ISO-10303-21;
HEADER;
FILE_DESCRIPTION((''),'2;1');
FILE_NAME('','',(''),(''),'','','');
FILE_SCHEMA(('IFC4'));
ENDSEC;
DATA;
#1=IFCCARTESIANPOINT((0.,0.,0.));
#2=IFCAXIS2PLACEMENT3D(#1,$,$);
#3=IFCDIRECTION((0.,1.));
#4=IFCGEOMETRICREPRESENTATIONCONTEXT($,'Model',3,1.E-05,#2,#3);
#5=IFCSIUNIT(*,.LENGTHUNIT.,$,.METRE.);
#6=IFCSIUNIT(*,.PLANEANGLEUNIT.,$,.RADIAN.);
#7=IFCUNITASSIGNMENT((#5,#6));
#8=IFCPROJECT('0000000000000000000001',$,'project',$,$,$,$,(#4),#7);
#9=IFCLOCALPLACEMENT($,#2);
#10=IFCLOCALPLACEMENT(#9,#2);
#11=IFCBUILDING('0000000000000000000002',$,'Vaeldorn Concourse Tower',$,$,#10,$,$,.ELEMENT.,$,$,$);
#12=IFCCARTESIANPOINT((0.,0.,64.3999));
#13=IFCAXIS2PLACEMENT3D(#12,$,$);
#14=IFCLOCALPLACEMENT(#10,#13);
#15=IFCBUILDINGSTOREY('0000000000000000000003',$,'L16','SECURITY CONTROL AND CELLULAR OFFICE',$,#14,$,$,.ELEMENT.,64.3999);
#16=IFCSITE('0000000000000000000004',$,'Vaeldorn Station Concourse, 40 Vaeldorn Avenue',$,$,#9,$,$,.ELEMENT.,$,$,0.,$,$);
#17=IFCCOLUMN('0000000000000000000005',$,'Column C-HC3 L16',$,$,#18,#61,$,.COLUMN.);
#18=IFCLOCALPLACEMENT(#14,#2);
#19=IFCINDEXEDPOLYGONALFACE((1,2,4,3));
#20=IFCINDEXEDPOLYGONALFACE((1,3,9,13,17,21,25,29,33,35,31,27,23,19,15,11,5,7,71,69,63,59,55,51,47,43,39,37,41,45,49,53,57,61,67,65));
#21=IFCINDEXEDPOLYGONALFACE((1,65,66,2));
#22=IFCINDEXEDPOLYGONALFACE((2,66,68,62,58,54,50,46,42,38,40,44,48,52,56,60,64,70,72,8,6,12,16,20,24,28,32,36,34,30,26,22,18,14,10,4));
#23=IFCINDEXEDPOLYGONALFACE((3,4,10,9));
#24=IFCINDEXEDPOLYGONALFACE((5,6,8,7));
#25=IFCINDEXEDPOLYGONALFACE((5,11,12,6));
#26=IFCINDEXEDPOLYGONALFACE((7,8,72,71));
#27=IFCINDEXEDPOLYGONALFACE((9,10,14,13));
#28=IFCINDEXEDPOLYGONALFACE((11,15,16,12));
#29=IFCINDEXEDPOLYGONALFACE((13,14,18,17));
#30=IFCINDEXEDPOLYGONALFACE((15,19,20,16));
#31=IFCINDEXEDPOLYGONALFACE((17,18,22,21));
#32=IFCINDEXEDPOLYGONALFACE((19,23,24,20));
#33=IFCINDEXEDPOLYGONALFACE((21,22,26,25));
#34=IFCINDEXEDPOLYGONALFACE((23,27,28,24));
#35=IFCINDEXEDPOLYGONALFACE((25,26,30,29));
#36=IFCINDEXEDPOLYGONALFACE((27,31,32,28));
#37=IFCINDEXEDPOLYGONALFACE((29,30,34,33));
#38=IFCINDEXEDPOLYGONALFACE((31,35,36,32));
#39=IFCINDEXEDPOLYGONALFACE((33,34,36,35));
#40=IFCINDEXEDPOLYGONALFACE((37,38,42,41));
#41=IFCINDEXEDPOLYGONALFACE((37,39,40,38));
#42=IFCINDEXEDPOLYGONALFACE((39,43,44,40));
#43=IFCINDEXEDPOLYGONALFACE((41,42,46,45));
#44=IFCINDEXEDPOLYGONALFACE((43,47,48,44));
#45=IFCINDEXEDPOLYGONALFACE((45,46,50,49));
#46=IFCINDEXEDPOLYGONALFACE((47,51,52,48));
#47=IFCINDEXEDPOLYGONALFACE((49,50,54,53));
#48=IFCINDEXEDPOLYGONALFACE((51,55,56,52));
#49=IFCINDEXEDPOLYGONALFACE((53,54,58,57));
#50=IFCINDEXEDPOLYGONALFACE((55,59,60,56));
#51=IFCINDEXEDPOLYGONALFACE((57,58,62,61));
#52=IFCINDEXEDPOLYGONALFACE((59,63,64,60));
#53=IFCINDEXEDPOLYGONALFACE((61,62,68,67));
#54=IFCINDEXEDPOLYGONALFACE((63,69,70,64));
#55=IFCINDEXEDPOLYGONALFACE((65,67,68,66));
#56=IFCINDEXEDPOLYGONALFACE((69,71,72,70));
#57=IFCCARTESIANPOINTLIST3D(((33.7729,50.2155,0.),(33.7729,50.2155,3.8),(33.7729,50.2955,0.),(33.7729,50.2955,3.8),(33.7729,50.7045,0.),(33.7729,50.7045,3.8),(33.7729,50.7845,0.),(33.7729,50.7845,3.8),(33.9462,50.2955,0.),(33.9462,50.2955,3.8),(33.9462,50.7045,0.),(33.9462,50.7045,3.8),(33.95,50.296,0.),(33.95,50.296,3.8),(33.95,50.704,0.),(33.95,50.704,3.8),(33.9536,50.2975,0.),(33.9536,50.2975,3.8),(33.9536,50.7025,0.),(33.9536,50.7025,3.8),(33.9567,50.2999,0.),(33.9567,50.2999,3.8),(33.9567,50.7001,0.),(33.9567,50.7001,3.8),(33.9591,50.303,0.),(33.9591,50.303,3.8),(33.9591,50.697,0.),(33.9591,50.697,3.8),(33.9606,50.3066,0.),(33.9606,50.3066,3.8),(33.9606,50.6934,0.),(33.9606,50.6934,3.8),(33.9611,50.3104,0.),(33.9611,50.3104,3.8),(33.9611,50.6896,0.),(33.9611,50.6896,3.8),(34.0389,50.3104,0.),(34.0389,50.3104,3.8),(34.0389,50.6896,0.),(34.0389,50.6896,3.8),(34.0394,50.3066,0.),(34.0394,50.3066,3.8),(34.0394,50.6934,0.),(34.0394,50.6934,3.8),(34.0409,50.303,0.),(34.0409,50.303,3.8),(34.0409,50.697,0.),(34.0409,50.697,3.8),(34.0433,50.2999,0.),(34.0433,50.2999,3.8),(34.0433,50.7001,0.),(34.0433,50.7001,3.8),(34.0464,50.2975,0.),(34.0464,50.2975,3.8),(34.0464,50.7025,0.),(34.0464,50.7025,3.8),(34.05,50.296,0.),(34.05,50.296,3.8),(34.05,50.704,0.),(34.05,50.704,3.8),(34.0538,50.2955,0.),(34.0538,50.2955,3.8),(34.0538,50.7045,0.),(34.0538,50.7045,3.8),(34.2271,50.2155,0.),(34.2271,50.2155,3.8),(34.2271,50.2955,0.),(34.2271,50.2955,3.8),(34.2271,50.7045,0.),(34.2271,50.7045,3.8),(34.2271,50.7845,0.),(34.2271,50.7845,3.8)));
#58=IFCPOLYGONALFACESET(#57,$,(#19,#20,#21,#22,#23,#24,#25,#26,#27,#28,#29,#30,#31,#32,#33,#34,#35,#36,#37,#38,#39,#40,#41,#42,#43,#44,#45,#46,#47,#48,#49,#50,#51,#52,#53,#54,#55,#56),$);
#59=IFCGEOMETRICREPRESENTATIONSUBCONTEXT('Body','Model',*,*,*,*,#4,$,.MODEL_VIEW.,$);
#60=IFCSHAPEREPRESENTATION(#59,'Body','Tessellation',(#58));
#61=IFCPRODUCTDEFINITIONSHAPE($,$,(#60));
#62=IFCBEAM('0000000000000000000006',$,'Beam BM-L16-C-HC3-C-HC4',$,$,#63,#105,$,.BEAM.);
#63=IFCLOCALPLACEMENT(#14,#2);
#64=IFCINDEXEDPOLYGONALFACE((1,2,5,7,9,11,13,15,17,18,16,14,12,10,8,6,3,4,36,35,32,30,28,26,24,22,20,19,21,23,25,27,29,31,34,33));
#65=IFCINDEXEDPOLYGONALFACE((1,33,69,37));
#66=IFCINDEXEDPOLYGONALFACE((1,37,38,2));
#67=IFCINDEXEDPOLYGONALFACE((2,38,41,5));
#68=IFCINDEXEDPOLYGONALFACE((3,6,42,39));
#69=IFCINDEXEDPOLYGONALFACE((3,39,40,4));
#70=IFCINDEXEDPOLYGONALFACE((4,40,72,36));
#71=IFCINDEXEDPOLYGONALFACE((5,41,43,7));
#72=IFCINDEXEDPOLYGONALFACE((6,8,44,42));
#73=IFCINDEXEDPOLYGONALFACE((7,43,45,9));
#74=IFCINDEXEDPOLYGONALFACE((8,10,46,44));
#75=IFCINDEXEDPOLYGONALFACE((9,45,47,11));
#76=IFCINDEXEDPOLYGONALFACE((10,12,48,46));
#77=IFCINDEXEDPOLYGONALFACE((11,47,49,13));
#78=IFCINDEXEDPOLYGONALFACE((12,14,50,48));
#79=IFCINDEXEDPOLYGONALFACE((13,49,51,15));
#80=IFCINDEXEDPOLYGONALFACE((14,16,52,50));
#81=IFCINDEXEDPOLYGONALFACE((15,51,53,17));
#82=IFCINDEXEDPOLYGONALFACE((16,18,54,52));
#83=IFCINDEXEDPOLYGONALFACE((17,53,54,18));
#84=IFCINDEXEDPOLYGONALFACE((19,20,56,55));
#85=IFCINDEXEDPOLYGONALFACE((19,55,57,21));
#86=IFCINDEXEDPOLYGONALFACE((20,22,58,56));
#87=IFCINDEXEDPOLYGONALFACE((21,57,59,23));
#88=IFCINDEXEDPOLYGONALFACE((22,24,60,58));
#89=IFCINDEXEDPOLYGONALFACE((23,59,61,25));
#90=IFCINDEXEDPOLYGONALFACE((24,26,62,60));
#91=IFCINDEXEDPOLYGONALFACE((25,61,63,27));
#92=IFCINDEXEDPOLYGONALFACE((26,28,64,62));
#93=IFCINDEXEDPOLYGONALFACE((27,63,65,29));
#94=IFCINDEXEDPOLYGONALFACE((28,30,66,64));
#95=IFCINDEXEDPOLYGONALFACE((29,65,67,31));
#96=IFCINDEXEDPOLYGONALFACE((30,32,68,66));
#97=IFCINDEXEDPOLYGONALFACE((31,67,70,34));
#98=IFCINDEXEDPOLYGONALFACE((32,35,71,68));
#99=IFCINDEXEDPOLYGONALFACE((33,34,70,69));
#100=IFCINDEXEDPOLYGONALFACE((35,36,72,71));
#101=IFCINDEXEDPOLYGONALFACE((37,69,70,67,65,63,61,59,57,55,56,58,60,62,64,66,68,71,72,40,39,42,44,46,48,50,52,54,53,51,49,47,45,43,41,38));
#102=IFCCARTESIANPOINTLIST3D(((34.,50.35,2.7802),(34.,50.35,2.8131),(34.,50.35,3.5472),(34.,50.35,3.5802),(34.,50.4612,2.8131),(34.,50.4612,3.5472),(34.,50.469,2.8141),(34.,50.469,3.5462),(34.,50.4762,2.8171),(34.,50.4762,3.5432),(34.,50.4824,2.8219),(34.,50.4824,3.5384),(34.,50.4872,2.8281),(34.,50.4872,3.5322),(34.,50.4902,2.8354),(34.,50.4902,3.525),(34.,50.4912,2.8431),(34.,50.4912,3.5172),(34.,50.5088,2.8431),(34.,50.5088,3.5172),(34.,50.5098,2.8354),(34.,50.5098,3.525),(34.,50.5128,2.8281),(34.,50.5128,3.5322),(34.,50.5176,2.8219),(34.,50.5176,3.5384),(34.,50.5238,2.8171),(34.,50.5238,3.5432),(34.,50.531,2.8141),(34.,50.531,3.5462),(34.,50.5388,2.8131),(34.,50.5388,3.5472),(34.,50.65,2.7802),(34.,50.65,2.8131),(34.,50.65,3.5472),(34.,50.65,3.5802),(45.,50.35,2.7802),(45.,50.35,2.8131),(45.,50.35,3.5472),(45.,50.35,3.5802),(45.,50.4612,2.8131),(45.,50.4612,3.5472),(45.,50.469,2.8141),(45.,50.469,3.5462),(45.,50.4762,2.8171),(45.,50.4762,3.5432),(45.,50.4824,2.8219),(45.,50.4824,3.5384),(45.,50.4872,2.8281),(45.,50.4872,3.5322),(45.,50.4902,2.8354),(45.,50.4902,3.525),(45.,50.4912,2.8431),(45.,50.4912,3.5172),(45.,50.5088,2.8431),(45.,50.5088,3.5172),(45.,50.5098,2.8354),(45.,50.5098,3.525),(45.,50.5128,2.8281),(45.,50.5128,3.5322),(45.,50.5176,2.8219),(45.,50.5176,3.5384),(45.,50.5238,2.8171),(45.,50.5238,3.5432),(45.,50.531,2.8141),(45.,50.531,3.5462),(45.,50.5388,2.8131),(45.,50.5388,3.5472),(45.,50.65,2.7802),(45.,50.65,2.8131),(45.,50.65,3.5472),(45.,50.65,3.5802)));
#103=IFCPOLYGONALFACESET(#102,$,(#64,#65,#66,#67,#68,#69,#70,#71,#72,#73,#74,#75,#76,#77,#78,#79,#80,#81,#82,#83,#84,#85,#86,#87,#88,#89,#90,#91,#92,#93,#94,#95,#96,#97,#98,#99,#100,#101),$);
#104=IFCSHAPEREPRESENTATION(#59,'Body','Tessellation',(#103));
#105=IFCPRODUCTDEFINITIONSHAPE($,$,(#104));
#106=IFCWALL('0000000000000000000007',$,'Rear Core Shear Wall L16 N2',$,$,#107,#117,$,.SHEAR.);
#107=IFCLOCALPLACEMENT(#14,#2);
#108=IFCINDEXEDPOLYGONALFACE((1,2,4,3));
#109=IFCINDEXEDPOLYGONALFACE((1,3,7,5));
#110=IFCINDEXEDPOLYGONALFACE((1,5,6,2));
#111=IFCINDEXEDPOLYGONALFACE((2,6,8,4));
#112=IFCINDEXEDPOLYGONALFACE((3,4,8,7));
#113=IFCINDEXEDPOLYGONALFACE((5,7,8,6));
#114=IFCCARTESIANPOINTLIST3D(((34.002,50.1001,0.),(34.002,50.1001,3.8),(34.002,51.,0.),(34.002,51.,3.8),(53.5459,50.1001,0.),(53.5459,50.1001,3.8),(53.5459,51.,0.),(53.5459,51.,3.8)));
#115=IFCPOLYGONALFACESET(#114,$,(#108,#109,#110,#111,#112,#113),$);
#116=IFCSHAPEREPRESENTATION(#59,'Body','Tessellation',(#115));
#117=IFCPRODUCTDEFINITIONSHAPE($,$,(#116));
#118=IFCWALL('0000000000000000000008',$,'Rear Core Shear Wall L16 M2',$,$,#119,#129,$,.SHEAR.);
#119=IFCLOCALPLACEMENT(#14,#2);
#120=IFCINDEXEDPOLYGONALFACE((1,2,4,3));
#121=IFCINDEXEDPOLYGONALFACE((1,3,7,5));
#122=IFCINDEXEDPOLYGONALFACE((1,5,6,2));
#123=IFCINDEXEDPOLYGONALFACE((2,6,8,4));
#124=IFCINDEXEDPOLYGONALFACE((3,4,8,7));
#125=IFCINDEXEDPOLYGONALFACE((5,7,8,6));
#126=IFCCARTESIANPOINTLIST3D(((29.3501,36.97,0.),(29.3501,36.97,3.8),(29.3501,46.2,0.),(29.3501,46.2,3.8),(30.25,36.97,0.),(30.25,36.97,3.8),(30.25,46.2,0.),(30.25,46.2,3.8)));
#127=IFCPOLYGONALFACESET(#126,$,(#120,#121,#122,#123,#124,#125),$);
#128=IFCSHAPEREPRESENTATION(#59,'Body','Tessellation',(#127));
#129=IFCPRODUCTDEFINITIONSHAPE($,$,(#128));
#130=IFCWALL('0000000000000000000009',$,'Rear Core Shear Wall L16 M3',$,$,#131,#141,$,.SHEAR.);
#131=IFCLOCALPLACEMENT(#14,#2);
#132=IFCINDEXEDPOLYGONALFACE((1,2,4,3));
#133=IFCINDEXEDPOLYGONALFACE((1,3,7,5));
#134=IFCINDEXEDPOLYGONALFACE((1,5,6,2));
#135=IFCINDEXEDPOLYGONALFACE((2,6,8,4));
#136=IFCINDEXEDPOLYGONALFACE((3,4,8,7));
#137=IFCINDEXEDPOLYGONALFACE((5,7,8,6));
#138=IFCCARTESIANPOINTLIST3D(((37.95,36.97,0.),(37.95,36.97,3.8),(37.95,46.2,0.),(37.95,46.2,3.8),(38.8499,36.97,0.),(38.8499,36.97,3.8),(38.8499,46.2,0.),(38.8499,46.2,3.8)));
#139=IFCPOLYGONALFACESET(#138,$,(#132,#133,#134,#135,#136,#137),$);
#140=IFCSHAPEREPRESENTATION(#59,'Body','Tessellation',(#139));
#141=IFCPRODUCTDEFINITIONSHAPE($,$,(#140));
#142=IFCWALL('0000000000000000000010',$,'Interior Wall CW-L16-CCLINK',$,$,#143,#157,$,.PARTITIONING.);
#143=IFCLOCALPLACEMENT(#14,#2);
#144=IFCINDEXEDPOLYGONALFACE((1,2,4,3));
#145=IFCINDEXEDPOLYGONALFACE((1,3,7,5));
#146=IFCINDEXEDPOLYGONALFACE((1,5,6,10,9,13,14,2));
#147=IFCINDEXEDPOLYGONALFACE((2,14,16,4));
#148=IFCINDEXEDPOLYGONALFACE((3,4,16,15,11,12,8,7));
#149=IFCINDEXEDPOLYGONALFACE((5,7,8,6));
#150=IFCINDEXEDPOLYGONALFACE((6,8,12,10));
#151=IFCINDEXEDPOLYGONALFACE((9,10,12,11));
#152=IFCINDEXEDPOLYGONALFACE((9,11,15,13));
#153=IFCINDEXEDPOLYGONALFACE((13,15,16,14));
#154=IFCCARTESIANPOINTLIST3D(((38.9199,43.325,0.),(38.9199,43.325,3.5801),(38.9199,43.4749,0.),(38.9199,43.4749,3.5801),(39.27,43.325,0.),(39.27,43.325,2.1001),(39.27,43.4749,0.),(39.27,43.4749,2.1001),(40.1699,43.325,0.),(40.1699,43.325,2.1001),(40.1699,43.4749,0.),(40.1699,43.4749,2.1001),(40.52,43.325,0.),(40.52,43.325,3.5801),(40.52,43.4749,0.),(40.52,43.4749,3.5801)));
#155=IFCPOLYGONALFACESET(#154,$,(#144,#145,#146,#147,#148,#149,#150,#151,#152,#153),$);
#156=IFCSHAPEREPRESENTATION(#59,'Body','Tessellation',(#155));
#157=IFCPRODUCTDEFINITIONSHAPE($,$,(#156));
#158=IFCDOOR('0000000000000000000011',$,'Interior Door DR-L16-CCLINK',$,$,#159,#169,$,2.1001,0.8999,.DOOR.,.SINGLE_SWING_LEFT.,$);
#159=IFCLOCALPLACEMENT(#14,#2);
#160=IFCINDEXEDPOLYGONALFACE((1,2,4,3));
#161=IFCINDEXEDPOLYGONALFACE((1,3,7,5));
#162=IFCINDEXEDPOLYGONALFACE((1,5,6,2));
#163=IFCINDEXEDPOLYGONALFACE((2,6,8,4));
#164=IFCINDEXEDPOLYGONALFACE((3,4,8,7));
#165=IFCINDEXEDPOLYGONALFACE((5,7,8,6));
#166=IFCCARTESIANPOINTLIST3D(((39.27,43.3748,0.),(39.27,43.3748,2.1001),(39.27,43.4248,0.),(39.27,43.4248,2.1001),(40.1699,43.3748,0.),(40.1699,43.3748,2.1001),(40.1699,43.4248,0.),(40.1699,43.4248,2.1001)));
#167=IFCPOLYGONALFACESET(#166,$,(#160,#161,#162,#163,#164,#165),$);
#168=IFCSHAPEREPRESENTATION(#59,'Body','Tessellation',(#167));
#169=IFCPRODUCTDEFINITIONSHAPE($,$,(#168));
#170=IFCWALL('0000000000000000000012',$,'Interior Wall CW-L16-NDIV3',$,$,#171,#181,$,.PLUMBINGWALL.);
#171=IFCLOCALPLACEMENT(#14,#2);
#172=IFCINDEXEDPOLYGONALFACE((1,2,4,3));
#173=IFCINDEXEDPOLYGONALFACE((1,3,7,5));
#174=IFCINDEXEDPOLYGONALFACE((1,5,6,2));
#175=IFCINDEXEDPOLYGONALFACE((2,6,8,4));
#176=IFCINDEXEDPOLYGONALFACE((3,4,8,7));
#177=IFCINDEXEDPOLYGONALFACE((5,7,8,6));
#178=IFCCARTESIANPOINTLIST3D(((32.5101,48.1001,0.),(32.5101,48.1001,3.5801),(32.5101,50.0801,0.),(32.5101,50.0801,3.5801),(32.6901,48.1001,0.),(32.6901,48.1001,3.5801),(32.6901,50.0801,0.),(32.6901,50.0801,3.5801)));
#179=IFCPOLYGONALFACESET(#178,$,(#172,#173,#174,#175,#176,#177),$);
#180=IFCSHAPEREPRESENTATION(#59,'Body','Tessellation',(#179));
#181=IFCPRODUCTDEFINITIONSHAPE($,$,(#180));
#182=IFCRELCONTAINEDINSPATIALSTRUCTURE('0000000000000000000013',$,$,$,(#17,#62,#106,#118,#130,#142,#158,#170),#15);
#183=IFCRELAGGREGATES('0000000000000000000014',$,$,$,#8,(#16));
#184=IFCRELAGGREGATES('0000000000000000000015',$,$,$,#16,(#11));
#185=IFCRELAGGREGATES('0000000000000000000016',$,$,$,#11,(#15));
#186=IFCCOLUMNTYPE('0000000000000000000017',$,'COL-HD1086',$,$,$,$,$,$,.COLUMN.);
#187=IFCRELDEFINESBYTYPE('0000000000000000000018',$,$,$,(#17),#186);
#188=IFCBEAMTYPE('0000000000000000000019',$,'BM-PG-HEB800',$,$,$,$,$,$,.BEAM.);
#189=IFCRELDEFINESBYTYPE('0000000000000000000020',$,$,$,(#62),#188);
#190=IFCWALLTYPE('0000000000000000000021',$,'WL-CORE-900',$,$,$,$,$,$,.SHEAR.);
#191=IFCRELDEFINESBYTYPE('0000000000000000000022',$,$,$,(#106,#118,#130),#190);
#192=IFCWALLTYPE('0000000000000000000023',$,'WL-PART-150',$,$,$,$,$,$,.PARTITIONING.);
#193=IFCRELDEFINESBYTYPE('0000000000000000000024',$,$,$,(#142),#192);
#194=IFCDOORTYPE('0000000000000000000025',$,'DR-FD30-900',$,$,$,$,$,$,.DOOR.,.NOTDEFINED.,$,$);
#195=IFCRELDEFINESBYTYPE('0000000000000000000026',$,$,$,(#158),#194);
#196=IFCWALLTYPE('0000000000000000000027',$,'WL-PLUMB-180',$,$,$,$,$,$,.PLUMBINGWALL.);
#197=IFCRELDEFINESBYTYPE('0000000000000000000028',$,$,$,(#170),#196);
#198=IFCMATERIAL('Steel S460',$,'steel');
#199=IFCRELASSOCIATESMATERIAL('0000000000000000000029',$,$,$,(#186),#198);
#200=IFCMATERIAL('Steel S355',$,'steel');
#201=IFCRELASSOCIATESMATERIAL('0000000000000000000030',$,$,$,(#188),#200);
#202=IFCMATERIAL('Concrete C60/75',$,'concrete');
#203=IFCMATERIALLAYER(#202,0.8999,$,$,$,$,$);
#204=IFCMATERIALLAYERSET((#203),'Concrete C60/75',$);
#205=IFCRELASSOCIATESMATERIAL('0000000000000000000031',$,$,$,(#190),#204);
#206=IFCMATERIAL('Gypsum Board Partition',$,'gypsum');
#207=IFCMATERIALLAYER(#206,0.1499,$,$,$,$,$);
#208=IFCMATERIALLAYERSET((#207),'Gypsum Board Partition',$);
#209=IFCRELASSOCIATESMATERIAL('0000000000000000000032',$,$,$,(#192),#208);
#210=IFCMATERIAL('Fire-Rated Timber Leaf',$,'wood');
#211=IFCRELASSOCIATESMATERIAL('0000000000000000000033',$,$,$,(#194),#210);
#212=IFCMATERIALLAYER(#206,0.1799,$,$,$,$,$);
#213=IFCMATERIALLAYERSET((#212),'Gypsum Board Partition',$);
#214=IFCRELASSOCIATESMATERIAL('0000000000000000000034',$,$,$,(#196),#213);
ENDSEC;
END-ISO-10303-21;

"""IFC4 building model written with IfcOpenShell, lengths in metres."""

from ifc_helpers import new_model, si_unit, direction, frame, frame_2d, origin, origin_2d, place, context, subcontext, project, spatial, rectangle, i_section, extrude, source, transform, mapped, material, layer, layer_set, material_profile, profile_set, type_object, element, fill, save


model = new_model("IFC4")

# Units and contexts
model_context = context("Model", 3, precision=1e-05, world=origin(), true_north=direction((0.0, 1.0)))
body_context = subcontext(model_context, "Body", "Model", "MODEL_VIEW")
ifc_project = project(units=[si_unit("LENGTHUNIT", "METRE"), si_unit("PLANEANGLEUNIT", "RADIAN")], contexts=[model_context])

# Site, building, storey
site_placement = place(None, origin())
site = spatial("IfcSite", under=ifc_project, at=site_placement, Name="Vaeldorn Station Concourse, 40 Vaeldorn Avenue", CompositionType="ELEMENT", RefElevation=0.0)
building_placement = place(site_placement, origin())
building = spatial("IfcBuilding", under=site, at=building_placement, Name="Vaeldorn Concourse Tower", CompositionType="ELEMENT")
storey_placement = place(building_placement, frame((0.0, 0.0, 64.3999)))
storey = spatial("IfcBuildingStorey", under=building, at=storey_placement, Name="L16", Description="SECURITY CONTROL AND CELLULAR OFFICE", CompositionType="ELEMENT", Elevation=64.3999)

# Column
ifc_material_1 = material(Name="Steel S460", Category="steel")
ifc_material_profile_1 = material_profile(ifc_material_1, i_section(OverallWidth=0.4541, OverallDepth=0.5691, WebThickness=0.0779, FlangeThickness=0.0801, FilletRadius=0.0149, at=origin_2d()), Name="HD 400x1086")
ifc_profile_set_1 = profile_set([ifc_material_profile_1], Name="Steel S460")
column_type = type_object("IfcColumnType", Name="COL-HD1086", PredefinedType="COLUMN", material=ifc_profile_set_1)
shared_shape_1 = source(origin(), body_context, "Body", "SweptSolid", [
    extrude(i_section(OverallWidth=0.4541, OverallDepth=0.5691, WebThickness=0.0779, FlangeThickness=0.0801, FilletRadius=0.0149, at=origin_2d()), origin(), (0.0, 0.0, 1.0), 3.8),
])
column_placement = place(storey_placement, frame((34.0, 50.5, 0.0), z_axis=(0.0, 0.0, 1.0), x_axis=(1.0, 0.0, 0.0)))
element("IfcColumn", 1, at=column_placement, inside=storey, type_object=column_type, Name="Column C-HC3 L16", PredefinedType="COLUMN", context=body_context, shape_type="MappedRepresentation", body=[
    mapped(shared_shape_1, transform((0.0, 0.0, 0.0), scale=1.0)),
])

# Beam
ifc_material_2 = material(Name="Steel S355", Category="steel")
ifc_material_profile_2 = material_profile(ifc_material_2, i_section(OverallWidth=0.3, OverallDepth=0.8, WebThickness=0.0176, FlangeThickness=0.033, FilletRadius=0.03, at=origin_2d()), Name="HEB 800")
ifc_profile_set_2 = profile_set([ifc_material_profile_2], Name="Steel S355")
beam_type = type_object("IfcBeamType", Name="BM-PG-HEB800", PredefinedType="BEAM", material=ifc_profile_set_2)
shared_shape_2 = source(origin(), body_context, "Body", "SweptSolid", [
    extrude(i_section(OverallWidth=0.3, OverallDepth=0.8, WebThickness=0.0176, FlangeThickness=0.033, FilletRadius=0.03, at=origin_2d()), origin(), (0.0, 0.0, 1.0), 11.0),
])
beam_placement = place(storey_placement, frame((34.0, 50.5, 3.1802), z_axis=(1.0, 0.0, 0.0), x_axis=(0.0, 1.0, 0.0)))
element("IfcBeam", 2, at=beam_placement, inside=storey, type_object=beam_type, Name="Beam BM-L16-C-HC3-C-HC4", PredefinedType="BEAM", context=body_context, shape_type="MappedRepresentation", body=[
    mapped(shared_shape_2, transform((0.0, 0.0, 0.0), scale=1.0)),
])

# Walls
ifc_material_3 = material(Name="Concrete C60/75", Category="concrete")
ifc_layer_1 = layer(ifc_material_3, 0.8999)
ifc_layer_set_1 = layer_set([ifc_layer_1], Name="Concrete C60/75")
wall_type_1 = type_object("IfcWallType", Name="WL-CORE-900", PredefinedType="SHEAR", material=ifc_layer_set_1)
wall_1_placement = place(storey_placement, frame((34.002, 50.55, 0.0), z_axis=(0.0, 0.0, 1.0), x_axis=(1.0, 0.0, 0.0)))
element("IfcWall", 3, at=wall_1_placement, inside=storey, type_object=wall_type_1, Name="Rear Core Shear Wall L16 N2", PredefinedType="SHEAR", context=body_context, shape_type="SweptSolid", body=[
    extrude(rectangle(XDim=19.5439, YDim=0.8999, at=frame_2d((9.772, 0.0))), origin(), (0.0, 0.0, 1.0), 3.8),
])
for number, where, z_axis, x_axis, name in (
    (4, (29.8, 36.97, 0.0), (0.0, 0.0, 1.0), (0.0, 1.0, 0.0), "Rear Core Shear Wall L16 M2"),
    (5, (38.3999, 36.97, 0.0), (0.0, 0.0, 1.0), (0.0, 1.0, 0.0), "Rear Core Shear Wall L16 M3"),
):
    element("IfcWall", number, at=place(storey_placement, frame(where, z_axis=z_axis, x_axis=x_axis)), inside=storey, type_object=wall_type_1, Name=name, PredefinedType="SHEAR", context=body_context, shape_type="SweptSolid", body=[
        extrude(rectangle(XDim=9.23, YDim=0.8999, at=frame_2d((4.615, 0.0))), origin(), (0.0, 0.0, 1.0), 3.8),
    ])

# Wall, opening, door
ifc_material_4 = material(Name="Gypsum Board Partition", Category="gypsum")
ifc_layer_2 = layer(ifc_material_4, 0.1499)
ifc_layer_set_2 = layer_set([ifc_layer_2], Name="Gypsum Board Partition")
wall_type_2 = type_object("IfcWallType", Name="WL-PART-150", PredefinedType="PARTITIONING", material=ifc_layer_set_2)
wall_2_placement = place(storey_placement, frame((38.9199, 43.3999, 0.0), z_axis=(0.0, 0.0, 1.0), x_axis=(1.0, 0.0, 0.0)))
wall_2 = element("IfcWall", 6, at=wall_2_placement, inside=storey, type_object=wall_type_2, Name="Interior Wall CW-L16-CCLINK", PredefinedType="PARTITIONING", context=body_context, shape_type="SweptSolid", body=[
    extrude(rectangle(XDim=1.6001, YDim=0.1499, at=frame_2d((0.8, 0.0))), origin(), (0.0, 0.0, 1.0), 3.5801),
])
opening_placement = place(wall_2_placement, frame((0.3501, 0.0, 0.0)))
opening = element("IfcOpeningElement", 7, at=opening_placement, cuts=wall_2, PredefinedType="OPENING", context=body_context, shape_type="SweptSolid", body=[
    extrude(rectangle(XDim=0.8999, YDim=2.1001, at=frame_2d((0.45, 1.05))), frame((0.0, 0.085, 0.0), z_axis=(0.0, -1.0, 0.0), x_axis=(1.0, 0.0, 0.0)), (0.0, 0.0, 1.0), 0.1699),
])
ifc_material_5 = material(Name="Fire-Rated Timber Leaf", Category="wood")
door_type = type_object("IfcDoorType", Name="DR-FD30-900", OperationType="NOTDEFINED", PredefinedType="DOOR", material=ifc_material_5)
shared_shape_3 = source(origin(), body_context, "Body", "SweptSolid", [
    extrude(rectangle(XDim=0.8999, YDim=2.1001, at=frame_2d((0.45, 1.05))), frame((0.0, 0.0249, 0.0), z_axis=(0.0, -1.0, 0.0), x_axis=(1.0, 0.0, 0.0)), (0.0, 0.0, 1.0), 0.05),
])
door_placement = place(opening_placement, origin())
door = element("IfcDoor", 8, at=door_placement, inside=storey, type_object=door_type, Name="Interior Door DR-L16-CCLINK", OperationType="SINGLE_SWING_LEFT", OverallHeight=2.1001, OverallWidth=0.8999, PredefinedType="DOOR", context=body_context, shape_type="MappedRepresentation", body=[
    mapped(shared_shape_3, transform((0.0, 0.0, 0.0), scale=1.0)),
])
fill(opening, door)

# Wall
ifc_layer_3 = layer(ifc_material_4, 0.1799)
ifc_layer_set_3 = layer_set([ifc_layer_3], Name="Gypsum Board Partition")
wall_type_3 = type_object("IfcWallType", Name="WL-PLUMB-180", PredefinedType="PLUMBINGWALL", material=ifc_layer_set_3)
for number, where, z_axis, x_axis, name in (
    (9, (32.6001, 48.1001, 0.0), (0.0, 0.0, 1.0), (0.0, 1.0, 0.0), "Interior Wall CW-L16-NDIV3"),
):
    element("IfcWall", number, at=place(storey_placement, frame(where, z_axis=z_axis, x_axis=x_axis)), inside=storey, type_object=wall_type_3, Name=name, PredefinedType="PLUMBINGWALL", context=body_context, shape_type="SweptSolid", body=[
        extrude(rectangle(XDim=1.98, YDim=0.1799, at=frame_2d((0.99, 0.0))), origin(), (0.0, 0.0, 1.0), 3.5801),
    ])

save(model, "model.ifc")
